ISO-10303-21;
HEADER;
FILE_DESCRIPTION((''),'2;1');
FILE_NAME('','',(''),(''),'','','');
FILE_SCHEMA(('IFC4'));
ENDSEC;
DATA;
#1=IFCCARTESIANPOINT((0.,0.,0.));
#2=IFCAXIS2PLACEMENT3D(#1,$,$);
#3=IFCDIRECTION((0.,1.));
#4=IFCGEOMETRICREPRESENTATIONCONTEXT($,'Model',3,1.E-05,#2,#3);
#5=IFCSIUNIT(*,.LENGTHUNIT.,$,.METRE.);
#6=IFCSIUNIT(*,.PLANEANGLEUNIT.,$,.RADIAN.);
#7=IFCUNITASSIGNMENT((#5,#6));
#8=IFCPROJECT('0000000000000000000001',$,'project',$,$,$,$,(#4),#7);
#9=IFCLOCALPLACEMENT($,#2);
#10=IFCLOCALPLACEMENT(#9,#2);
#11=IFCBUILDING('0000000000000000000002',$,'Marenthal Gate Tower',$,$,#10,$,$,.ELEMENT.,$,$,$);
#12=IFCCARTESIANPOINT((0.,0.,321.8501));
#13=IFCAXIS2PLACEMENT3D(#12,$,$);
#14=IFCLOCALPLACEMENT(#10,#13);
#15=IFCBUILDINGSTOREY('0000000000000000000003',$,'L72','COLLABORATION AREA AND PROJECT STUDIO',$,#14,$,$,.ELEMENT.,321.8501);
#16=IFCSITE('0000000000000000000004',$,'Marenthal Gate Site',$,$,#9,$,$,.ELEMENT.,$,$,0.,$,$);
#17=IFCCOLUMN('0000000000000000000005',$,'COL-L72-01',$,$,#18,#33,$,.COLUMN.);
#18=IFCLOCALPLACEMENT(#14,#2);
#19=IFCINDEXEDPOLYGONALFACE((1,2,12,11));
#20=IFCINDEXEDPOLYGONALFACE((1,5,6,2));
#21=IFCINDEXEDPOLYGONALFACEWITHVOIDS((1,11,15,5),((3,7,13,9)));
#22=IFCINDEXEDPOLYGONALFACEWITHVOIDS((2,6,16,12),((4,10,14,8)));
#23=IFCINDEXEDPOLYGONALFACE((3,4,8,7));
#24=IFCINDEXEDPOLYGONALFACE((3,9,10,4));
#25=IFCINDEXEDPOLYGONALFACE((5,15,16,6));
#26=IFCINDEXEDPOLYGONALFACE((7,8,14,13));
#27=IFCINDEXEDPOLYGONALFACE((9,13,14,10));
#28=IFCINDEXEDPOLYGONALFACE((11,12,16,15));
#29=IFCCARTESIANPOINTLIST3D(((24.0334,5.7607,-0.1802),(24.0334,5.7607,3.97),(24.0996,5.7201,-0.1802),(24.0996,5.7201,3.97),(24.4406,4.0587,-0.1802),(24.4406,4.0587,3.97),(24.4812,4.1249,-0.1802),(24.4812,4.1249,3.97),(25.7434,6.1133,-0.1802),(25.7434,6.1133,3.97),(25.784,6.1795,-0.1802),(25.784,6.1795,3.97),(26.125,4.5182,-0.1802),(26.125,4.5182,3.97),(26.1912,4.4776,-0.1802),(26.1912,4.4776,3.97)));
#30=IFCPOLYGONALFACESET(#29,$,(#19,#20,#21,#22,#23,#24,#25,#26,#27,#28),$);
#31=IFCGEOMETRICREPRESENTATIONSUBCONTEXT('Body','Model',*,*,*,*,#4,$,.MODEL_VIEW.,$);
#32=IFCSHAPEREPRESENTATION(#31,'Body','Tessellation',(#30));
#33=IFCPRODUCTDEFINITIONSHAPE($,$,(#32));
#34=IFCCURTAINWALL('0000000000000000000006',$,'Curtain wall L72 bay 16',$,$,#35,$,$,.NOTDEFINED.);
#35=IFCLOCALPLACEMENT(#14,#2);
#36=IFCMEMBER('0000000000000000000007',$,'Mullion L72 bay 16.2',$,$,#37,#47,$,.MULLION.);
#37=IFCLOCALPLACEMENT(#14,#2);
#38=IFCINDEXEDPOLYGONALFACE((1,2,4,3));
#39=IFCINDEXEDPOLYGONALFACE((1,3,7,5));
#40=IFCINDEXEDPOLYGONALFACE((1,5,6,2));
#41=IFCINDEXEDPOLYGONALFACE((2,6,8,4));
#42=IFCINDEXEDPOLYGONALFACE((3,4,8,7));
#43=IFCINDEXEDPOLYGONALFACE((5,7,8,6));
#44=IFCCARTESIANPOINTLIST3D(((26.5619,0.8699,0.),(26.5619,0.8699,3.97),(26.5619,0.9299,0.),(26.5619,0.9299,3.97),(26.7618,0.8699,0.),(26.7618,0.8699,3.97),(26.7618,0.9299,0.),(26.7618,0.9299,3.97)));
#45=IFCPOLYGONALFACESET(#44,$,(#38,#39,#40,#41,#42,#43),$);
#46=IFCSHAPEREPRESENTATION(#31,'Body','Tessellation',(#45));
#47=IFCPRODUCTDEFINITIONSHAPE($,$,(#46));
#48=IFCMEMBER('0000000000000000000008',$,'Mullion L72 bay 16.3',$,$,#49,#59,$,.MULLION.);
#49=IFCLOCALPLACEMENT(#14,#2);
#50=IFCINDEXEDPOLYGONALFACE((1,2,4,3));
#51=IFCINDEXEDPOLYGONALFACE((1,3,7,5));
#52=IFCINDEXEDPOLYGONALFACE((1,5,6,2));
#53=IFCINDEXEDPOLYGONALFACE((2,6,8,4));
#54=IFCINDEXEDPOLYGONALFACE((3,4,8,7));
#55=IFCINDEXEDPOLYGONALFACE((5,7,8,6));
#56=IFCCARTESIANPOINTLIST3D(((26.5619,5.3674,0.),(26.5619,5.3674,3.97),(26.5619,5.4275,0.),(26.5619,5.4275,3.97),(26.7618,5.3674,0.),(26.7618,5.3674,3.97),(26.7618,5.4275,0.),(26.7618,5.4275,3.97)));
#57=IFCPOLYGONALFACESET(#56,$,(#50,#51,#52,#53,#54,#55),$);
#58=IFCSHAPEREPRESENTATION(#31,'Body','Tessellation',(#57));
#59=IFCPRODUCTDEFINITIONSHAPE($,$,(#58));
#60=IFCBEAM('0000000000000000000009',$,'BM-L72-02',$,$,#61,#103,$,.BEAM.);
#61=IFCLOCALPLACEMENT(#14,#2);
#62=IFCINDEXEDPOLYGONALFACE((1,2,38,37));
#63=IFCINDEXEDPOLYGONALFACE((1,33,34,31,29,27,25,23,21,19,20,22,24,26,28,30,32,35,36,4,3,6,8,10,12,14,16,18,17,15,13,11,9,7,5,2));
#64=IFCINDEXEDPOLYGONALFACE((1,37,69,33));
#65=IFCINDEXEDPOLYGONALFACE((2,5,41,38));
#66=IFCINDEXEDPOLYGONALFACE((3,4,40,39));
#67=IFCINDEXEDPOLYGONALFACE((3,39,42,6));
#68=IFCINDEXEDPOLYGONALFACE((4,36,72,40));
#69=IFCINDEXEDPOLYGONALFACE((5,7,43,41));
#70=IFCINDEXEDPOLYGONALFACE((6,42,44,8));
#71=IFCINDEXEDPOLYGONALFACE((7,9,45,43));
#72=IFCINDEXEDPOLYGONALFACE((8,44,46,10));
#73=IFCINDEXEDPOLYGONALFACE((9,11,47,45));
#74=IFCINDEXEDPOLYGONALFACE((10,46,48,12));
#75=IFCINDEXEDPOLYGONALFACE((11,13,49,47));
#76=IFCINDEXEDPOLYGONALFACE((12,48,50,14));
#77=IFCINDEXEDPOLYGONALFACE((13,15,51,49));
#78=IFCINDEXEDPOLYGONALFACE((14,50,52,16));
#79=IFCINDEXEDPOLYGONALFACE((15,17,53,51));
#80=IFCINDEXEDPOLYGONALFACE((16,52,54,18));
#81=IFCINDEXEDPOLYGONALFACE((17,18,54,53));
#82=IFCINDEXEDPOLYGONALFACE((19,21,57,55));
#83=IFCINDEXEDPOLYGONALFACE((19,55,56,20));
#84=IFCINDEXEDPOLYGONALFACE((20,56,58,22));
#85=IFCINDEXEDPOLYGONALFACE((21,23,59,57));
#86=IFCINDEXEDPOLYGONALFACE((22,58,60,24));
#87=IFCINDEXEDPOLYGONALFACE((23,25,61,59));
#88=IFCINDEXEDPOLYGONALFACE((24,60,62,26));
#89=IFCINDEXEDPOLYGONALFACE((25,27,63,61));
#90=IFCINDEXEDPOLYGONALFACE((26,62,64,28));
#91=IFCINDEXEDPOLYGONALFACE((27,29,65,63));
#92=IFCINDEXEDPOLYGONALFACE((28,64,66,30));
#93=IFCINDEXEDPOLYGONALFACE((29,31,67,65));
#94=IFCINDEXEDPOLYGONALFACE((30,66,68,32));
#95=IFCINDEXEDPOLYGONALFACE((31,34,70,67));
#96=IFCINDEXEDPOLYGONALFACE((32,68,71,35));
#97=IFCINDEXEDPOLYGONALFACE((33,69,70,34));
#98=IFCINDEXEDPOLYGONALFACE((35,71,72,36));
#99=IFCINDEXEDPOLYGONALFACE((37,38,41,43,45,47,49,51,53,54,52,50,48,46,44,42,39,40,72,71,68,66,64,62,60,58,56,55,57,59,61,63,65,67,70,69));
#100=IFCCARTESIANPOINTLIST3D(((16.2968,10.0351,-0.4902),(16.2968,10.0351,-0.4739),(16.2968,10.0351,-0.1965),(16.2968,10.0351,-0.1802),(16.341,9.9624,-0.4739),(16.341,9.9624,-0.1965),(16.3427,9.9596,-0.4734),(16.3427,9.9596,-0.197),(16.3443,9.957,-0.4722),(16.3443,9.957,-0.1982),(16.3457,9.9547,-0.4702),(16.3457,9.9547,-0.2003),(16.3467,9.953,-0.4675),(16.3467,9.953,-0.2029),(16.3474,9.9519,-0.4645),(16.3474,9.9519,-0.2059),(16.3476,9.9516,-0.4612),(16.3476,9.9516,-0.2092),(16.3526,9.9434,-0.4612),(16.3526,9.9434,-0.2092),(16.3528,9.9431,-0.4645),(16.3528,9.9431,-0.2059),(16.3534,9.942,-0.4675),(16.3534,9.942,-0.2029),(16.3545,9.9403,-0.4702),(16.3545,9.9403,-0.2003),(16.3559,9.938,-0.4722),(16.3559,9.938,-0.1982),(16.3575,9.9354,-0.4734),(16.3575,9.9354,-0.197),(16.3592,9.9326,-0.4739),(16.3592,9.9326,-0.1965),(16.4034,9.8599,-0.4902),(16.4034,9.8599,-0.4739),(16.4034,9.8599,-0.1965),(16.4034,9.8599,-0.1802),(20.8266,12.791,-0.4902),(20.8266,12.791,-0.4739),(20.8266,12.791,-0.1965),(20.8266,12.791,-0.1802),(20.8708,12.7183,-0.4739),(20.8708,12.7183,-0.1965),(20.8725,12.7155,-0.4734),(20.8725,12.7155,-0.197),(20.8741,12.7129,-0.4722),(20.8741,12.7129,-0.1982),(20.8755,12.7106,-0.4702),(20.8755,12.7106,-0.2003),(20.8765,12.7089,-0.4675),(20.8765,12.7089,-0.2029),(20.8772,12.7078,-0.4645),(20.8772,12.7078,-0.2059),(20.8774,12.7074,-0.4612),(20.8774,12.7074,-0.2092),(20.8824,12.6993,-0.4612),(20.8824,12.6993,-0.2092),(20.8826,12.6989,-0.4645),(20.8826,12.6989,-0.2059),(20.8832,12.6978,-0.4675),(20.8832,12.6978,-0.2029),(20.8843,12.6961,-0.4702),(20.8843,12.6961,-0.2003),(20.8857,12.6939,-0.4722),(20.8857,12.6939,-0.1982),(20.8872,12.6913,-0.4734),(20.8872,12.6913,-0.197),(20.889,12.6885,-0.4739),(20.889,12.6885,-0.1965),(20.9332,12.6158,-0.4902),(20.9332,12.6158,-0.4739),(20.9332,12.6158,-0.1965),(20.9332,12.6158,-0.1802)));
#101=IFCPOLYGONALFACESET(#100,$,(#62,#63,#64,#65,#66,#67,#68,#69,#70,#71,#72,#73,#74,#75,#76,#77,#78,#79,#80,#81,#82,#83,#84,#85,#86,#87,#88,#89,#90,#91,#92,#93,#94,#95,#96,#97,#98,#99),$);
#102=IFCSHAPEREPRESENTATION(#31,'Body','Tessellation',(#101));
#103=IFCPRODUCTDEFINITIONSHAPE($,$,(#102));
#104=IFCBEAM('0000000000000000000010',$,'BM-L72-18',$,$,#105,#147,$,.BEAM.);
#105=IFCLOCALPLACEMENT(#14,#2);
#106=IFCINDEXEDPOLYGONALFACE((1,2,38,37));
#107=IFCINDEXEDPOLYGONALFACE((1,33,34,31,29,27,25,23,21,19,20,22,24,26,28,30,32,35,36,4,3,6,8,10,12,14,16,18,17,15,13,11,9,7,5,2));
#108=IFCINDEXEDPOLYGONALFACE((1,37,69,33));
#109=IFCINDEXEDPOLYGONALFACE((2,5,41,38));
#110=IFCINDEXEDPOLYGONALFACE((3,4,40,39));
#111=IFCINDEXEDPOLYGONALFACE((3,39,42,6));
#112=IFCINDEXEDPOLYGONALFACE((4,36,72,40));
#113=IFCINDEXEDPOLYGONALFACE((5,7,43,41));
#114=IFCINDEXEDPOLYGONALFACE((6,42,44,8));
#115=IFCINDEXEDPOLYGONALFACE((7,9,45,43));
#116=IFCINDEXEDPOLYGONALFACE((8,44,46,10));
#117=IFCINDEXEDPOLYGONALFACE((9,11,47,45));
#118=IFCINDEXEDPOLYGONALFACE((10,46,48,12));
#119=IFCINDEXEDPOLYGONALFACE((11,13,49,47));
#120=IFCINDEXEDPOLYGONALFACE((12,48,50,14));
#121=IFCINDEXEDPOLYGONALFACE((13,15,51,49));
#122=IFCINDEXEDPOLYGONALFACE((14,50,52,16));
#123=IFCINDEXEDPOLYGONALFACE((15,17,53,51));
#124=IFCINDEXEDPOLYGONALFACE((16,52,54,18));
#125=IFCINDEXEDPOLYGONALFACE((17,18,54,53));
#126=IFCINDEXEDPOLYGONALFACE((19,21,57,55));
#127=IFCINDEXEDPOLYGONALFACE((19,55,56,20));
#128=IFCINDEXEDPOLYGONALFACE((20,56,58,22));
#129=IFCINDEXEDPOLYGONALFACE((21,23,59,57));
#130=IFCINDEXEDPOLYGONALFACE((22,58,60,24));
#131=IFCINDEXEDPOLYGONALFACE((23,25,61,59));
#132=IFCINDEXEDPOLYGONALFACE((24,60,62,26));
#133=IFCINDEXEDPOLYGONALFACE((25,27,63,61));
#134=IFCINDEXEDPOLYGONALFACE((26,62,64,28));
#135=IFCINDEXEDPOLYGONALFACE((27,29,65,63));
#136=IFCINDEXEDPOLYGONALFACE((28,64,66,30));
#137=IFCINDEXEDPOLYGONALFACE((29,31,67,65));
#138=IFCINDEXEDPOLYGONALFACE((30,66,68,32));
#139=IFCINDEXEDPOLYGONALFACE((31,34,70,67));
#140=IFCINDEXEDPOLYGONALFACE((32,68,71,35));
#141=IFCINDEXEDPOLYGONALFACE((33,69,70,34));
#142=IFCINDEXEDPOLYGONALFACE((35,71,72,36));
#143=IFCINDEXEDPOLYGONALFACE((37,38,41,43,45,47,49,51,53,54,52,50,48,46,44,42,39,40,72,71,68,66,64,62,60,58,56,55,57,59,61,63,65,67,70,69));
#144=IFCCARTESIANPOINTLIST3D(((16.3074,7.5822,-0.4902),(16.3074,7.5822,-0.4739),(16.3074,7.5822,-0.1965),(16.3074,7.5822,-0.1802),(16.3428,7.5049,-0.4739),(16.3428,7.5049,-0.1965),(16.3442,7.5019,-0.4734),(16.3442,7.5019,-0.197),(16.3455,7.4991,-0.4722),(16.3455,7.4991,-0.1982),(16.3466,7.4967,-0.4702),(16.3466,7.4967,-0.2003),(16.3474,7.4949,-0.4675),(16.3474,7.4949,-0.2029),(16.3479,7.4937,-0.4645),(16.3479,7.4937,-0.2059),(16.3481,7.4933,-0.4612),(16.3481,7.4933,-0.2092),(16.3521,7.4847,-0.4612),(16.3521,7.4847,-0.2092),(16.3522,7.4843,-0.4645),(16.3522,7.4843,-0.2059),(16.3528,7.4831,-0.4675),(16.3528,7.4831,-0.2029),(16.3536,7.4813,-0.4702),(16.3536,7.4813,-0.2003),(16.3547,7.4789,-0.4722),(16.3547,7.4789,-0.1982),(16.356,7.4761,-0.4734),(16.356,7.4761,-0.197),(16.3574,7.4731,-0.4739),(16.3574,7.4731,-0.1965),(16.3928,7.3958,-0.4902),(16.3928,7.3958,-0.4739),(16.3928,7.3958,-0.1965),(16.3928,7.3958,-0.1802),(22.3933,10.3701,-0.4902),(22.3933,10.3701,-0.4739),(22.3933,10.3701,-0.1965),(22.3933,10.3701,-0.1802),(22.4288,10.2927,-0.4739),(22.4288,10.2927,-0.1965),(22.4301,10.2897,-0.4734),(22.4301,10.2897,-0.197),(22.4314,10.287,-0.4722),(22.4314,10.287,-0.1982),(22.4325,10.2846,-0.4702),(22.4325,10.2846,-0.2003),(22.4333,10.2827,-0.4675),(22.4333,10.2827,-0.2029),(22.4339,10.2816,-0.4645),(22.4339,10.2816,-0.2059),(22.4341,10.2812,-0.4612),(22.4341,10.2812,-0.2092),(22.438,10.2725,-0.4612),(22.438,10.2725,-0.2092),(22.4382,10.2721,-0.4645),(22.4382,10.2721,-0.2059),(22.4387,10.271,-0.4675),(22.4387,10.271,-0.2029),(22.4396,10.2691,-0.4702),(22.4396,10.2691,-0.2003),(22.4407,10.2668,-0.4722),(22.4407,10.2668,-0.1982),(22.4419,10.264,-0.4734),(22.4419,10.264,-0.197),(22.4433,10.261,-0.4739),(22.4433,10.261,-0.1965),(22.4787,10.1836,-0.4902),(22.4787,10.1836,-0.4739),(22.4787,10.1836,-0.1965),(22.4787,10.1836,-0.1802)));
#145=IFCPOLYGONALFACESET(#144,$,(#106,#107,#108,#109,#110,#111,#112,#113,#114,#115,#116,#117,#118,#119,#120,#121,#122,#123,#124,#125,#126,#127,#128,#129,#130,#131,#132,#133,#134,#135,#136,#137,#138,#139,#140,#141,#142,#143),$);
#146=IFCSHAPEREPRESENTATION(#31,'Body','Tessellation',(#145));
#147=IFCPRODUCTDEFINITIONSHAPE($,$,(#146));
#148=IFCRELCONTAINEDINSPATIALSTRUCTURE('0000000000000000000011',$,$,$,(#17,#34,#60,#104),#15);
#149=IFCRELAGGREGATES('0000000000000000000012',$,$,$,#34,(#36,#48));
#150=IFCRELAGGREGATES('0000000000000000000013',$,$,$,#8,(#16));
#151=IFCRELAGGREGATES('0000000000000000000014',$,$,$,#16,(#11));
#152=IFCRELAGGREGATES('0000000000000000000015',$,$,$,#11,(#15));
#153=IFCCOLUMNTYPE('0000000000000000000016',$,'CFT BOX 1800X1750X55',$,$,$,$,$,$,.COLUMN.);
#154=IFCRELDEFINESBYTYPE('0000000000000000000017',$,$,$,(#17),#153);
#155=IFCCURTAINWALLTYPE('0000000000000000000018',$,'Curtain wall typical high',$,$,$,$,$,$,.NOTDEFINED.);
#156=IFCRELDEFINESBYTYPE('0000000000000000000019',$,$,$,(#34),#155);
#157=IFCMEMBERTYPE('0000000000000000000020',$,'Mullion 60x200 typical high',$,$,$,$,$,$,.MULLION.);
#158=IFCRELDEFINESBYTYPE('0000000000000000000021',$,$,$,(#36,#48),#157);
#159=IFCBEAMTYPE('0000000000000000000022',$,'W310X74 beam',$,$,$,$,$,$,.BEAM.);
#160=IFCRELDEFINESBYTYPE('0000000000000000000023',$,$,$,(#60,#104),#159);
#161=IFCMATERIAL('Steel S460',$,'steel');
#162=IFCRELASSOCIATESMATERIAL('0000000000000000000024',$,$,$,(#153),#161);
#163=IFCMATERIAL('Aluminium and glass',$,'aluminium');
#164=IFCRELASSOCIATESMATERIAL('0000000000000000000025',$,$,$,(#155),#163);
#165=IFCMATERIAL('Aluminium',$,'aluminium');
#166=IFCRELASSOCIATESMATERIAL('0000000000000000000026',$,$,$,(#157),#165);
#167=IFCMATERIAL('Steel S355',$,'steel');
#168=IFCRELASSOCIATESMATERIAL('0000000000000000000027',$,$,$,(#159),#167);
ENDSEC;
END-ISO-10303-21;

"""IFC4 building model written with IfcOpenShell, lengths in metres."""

from ifc_helpers import new_model, si_unit, direction, frame, origin, origin_2d, place, context, subcontext, project, spatial, rectangle, hollow_rectangle, i_section, extrude, material, material_profile, profile_set, type_object, element, aggregate, save


model = new_model("IFC4")

# Units and contexts
model_context = context("Model", 3, precision=1e-05, world=origin(), true_north=direction((0.0, 1.0)))
body_context = subcontext(model_context, "Body", "Model", "MODEL_VIEW")
ifc_project = project(units=[si_unit("LENGTHUNIT", "METRE"), si_unit("PLANEANGLEUNIT", "RADIAN")], contexts=[model_context])

# Site, building, storey
site_placement = place(None, origin())
site = spatial("IfcSite", under=ifc_project, at=site_placement, Name="Marenthal Gate Site", CompositionType="ELEMENT", RefElevation=0.0)
building_placement = place(site_placement, origin())
building = spatial("IfcBuilding", under=site, at=building_placement, Name="Marenthal Gate Tower", CompositionType="ELEMENT")
storey_placement = place(building_placement, frame((0.0, 0.0, 321.8501)))
storey = spatial("IfcBuildingStorey", under=building, at=storey_placement, Name="L72", Description="COLLABORATION AREA AND PROJECT STUDIO", CompositionType="ELEMENT", Elevation=321.8501)

# Column
ifc_material_1 = material(Name="Steel S460", Category="steel")
ifc_material_profile_1 = material_profile(ifc_material_1, hollow_rectangle(XDim=1.75, YDim=1.8, WallThickness=0.0549, at=origin_2d()), Name="CFT BOX 1800X1750X55")
ifc_material_2 = material(Name="Concrete 70 MPa", Category="concrete")
ifc_material_profile_2 = material_profile(ifc_material_2, rectangle(XDim=1.6399, YDim=1.6899, at=origin_2d()), Name="CFT BOX 1800X1750X55 INFILL")
ifc_profile_set_1 = profile_set([ifc_material_profile_1, ifc_material_profile_2], Name="Steel S460 shell, Concrete 70 MPa infill")
column_type = type_object("IfcColumnType", Name="CFT BOX 1800X1750X55", PredefinedType="COLUMN", material=ifc_profile_set_1)
column_placement = place(storey_placement, frame((25.1123, 5.1191, -0.1802), z_axis=(0.0, 0.0, 1.0), x_axis=(0.232677, -0.972554, 0.0)))
element("IfcColumn", 1, at=column_placement, inside=storey, type_object=column_type, Name="COL-L72-01", PredefinedType="COLUMN", context=body_context, shape_type="SweptSolid", body=[
    extrude(hollow_rectangle(XDim=1.75, YDim=1.8, WallThickness=0.0549, at=origin_2d()), origin(), (0.0, 0.0, 1.0), 4.1501),
])

# Curtain wall, members
ifc_material_3 = material(Name="Aluminium and glass", Category="aluminium")
curtain_wall_type = type_object("IfcCurtainWallType", Name="Curtain wall typical high", PredefinedType="NOTDEFINED", material=ifc_material_3)
curtain_wall_placement = place(storey_placement, origin())
curtain_wall = element("IfcCurtainWall", 2, at=curtain_wall_placement, inside=storey, type_object=curtain_wall_type, Name="Curtain wall L72 bay 16", PredefinedType="NOTDEFINED")
ifc_material_4 = material(Name="Aluminium", Category="aluminium")
ifc_material_profile_3 = material_profile(ifc_material_4, rectangle(XDim=0.2, YDim=0.0601, at=origin_2d()), Name="60x200 aluminium mullion")
ifc_profile_set_2 = profile_set([ifc_material_profile_3], Name="Aluminium")
member_type = type_object("IfcMemberType", Name="Mullion 60x200 typical high", PredefinedType="MULLION", material=ifc_profile_set_2)
member_1_placement = place(storey_placement, frame((26.6619, 0.8999, 0.0), z_axis=(0.0, 0.0, 1.0), x_axis=(-1.0, 0.0, 0.0)))
member_1 = element("IfcMember", 3, at=member_1_placement, type_object=member_type, Name="Mullion L72 bay 16.2", PredefinedType="MULLION", context=body_context, shape_type="SweptSolid", body=[
    extrude(rectangle(XDim=0.2, YDim=0.0601, at=origin_2d()), origin(), (0.0, 0.0, 1.0), 3.97),
])
member_2_placement = place(storey_placement, frame((26.6619, 5.3975, 0.0), z_axis=(0.0, 0.0, 1.0), x_axis=(-1.0, 0.0, 0.0)))
member_2 = element("IfcMember", 4, at=member_2_placement, type_object=member_type, Name="Mullion L72 bay 16.3", PredefinedType="MULLION", context=body_context, shape_type="SweptSolid", body=[
    extrude(rectangle(XDim=0.2, YDim=0.0601, at=origin_2d()), origin(), (0.0, 0.0, 1.0), 3.97),
])

# Beams
ifc_material_5 = material(Name="Steel S355", Category="steel")
ifc_material_profile_4 = material_profile(ifc_material_5, i_section(OverallWidth=0.2051, OverallDepth=0.3101, WebThickness=0.0095, FlangeThickness=0.0164, FilletRadius=0.0127, at=origin_2d()), Name="W310X74")
ifc_profile_set_3 = profile_set([ifc_material_profile_4], Name="Steel S355")
beam_type_1 = type_object("IfcBeamType", Name="W310X74 beam", PredefinedType="BEAM", material=ifc_profile_set_3)
beam_1_placement = place(storey_placement, frame((20.8799, 12.7034, -0.3352), z_axis=(-0.854316, -0.519754, 0.0), x_axis=(0.519754, -0.854316, 0.0)))
element("IfcBeam", 5, at=beam_1_placement, inside=storey, type_object=beam_type_1, Name="BM-L72-02", PredefinedType="BEAM", context=body_context, shape_type="SweptSolid", body=[
    extrude(i_section(OverallWidth=0.2051, OverallDepth=0.3101, WebThickness=0.0095, FlangeThickness=0.0164, FilletRadius=0.0127, at=origin_2d()), origin(), (0.0, 0.0, 1.0), 5.3022),
])
beam_2_placement = place(storey_placement, frame((22.436, 10.2769, -0.3352), z_axis=(-0.909152, -0.416464, 0.0), x_axis=(0.416464, -0.909152, 0.0)))
element("IfcBeam", 6, at=beam_2_placement, inside=storey, type_object=beam_type_1, Name="BM-L72-18", PredefinedType="BEAM", context=body_context, shape_type="SweptSolid", body=[
    extrude(i_section(OverallWidth=0.2051, OverallDepth=0.3101, WebThickness=0.0095, FlangeThickness=0.0164, FilletRadius=0.0127, at=origin_2d()), origin(), (0.0, 0.0, 1.0), 6.6941),
])

aggregate(curtain_wall, [member_1, member_2])

save(model, "model.ifc")
